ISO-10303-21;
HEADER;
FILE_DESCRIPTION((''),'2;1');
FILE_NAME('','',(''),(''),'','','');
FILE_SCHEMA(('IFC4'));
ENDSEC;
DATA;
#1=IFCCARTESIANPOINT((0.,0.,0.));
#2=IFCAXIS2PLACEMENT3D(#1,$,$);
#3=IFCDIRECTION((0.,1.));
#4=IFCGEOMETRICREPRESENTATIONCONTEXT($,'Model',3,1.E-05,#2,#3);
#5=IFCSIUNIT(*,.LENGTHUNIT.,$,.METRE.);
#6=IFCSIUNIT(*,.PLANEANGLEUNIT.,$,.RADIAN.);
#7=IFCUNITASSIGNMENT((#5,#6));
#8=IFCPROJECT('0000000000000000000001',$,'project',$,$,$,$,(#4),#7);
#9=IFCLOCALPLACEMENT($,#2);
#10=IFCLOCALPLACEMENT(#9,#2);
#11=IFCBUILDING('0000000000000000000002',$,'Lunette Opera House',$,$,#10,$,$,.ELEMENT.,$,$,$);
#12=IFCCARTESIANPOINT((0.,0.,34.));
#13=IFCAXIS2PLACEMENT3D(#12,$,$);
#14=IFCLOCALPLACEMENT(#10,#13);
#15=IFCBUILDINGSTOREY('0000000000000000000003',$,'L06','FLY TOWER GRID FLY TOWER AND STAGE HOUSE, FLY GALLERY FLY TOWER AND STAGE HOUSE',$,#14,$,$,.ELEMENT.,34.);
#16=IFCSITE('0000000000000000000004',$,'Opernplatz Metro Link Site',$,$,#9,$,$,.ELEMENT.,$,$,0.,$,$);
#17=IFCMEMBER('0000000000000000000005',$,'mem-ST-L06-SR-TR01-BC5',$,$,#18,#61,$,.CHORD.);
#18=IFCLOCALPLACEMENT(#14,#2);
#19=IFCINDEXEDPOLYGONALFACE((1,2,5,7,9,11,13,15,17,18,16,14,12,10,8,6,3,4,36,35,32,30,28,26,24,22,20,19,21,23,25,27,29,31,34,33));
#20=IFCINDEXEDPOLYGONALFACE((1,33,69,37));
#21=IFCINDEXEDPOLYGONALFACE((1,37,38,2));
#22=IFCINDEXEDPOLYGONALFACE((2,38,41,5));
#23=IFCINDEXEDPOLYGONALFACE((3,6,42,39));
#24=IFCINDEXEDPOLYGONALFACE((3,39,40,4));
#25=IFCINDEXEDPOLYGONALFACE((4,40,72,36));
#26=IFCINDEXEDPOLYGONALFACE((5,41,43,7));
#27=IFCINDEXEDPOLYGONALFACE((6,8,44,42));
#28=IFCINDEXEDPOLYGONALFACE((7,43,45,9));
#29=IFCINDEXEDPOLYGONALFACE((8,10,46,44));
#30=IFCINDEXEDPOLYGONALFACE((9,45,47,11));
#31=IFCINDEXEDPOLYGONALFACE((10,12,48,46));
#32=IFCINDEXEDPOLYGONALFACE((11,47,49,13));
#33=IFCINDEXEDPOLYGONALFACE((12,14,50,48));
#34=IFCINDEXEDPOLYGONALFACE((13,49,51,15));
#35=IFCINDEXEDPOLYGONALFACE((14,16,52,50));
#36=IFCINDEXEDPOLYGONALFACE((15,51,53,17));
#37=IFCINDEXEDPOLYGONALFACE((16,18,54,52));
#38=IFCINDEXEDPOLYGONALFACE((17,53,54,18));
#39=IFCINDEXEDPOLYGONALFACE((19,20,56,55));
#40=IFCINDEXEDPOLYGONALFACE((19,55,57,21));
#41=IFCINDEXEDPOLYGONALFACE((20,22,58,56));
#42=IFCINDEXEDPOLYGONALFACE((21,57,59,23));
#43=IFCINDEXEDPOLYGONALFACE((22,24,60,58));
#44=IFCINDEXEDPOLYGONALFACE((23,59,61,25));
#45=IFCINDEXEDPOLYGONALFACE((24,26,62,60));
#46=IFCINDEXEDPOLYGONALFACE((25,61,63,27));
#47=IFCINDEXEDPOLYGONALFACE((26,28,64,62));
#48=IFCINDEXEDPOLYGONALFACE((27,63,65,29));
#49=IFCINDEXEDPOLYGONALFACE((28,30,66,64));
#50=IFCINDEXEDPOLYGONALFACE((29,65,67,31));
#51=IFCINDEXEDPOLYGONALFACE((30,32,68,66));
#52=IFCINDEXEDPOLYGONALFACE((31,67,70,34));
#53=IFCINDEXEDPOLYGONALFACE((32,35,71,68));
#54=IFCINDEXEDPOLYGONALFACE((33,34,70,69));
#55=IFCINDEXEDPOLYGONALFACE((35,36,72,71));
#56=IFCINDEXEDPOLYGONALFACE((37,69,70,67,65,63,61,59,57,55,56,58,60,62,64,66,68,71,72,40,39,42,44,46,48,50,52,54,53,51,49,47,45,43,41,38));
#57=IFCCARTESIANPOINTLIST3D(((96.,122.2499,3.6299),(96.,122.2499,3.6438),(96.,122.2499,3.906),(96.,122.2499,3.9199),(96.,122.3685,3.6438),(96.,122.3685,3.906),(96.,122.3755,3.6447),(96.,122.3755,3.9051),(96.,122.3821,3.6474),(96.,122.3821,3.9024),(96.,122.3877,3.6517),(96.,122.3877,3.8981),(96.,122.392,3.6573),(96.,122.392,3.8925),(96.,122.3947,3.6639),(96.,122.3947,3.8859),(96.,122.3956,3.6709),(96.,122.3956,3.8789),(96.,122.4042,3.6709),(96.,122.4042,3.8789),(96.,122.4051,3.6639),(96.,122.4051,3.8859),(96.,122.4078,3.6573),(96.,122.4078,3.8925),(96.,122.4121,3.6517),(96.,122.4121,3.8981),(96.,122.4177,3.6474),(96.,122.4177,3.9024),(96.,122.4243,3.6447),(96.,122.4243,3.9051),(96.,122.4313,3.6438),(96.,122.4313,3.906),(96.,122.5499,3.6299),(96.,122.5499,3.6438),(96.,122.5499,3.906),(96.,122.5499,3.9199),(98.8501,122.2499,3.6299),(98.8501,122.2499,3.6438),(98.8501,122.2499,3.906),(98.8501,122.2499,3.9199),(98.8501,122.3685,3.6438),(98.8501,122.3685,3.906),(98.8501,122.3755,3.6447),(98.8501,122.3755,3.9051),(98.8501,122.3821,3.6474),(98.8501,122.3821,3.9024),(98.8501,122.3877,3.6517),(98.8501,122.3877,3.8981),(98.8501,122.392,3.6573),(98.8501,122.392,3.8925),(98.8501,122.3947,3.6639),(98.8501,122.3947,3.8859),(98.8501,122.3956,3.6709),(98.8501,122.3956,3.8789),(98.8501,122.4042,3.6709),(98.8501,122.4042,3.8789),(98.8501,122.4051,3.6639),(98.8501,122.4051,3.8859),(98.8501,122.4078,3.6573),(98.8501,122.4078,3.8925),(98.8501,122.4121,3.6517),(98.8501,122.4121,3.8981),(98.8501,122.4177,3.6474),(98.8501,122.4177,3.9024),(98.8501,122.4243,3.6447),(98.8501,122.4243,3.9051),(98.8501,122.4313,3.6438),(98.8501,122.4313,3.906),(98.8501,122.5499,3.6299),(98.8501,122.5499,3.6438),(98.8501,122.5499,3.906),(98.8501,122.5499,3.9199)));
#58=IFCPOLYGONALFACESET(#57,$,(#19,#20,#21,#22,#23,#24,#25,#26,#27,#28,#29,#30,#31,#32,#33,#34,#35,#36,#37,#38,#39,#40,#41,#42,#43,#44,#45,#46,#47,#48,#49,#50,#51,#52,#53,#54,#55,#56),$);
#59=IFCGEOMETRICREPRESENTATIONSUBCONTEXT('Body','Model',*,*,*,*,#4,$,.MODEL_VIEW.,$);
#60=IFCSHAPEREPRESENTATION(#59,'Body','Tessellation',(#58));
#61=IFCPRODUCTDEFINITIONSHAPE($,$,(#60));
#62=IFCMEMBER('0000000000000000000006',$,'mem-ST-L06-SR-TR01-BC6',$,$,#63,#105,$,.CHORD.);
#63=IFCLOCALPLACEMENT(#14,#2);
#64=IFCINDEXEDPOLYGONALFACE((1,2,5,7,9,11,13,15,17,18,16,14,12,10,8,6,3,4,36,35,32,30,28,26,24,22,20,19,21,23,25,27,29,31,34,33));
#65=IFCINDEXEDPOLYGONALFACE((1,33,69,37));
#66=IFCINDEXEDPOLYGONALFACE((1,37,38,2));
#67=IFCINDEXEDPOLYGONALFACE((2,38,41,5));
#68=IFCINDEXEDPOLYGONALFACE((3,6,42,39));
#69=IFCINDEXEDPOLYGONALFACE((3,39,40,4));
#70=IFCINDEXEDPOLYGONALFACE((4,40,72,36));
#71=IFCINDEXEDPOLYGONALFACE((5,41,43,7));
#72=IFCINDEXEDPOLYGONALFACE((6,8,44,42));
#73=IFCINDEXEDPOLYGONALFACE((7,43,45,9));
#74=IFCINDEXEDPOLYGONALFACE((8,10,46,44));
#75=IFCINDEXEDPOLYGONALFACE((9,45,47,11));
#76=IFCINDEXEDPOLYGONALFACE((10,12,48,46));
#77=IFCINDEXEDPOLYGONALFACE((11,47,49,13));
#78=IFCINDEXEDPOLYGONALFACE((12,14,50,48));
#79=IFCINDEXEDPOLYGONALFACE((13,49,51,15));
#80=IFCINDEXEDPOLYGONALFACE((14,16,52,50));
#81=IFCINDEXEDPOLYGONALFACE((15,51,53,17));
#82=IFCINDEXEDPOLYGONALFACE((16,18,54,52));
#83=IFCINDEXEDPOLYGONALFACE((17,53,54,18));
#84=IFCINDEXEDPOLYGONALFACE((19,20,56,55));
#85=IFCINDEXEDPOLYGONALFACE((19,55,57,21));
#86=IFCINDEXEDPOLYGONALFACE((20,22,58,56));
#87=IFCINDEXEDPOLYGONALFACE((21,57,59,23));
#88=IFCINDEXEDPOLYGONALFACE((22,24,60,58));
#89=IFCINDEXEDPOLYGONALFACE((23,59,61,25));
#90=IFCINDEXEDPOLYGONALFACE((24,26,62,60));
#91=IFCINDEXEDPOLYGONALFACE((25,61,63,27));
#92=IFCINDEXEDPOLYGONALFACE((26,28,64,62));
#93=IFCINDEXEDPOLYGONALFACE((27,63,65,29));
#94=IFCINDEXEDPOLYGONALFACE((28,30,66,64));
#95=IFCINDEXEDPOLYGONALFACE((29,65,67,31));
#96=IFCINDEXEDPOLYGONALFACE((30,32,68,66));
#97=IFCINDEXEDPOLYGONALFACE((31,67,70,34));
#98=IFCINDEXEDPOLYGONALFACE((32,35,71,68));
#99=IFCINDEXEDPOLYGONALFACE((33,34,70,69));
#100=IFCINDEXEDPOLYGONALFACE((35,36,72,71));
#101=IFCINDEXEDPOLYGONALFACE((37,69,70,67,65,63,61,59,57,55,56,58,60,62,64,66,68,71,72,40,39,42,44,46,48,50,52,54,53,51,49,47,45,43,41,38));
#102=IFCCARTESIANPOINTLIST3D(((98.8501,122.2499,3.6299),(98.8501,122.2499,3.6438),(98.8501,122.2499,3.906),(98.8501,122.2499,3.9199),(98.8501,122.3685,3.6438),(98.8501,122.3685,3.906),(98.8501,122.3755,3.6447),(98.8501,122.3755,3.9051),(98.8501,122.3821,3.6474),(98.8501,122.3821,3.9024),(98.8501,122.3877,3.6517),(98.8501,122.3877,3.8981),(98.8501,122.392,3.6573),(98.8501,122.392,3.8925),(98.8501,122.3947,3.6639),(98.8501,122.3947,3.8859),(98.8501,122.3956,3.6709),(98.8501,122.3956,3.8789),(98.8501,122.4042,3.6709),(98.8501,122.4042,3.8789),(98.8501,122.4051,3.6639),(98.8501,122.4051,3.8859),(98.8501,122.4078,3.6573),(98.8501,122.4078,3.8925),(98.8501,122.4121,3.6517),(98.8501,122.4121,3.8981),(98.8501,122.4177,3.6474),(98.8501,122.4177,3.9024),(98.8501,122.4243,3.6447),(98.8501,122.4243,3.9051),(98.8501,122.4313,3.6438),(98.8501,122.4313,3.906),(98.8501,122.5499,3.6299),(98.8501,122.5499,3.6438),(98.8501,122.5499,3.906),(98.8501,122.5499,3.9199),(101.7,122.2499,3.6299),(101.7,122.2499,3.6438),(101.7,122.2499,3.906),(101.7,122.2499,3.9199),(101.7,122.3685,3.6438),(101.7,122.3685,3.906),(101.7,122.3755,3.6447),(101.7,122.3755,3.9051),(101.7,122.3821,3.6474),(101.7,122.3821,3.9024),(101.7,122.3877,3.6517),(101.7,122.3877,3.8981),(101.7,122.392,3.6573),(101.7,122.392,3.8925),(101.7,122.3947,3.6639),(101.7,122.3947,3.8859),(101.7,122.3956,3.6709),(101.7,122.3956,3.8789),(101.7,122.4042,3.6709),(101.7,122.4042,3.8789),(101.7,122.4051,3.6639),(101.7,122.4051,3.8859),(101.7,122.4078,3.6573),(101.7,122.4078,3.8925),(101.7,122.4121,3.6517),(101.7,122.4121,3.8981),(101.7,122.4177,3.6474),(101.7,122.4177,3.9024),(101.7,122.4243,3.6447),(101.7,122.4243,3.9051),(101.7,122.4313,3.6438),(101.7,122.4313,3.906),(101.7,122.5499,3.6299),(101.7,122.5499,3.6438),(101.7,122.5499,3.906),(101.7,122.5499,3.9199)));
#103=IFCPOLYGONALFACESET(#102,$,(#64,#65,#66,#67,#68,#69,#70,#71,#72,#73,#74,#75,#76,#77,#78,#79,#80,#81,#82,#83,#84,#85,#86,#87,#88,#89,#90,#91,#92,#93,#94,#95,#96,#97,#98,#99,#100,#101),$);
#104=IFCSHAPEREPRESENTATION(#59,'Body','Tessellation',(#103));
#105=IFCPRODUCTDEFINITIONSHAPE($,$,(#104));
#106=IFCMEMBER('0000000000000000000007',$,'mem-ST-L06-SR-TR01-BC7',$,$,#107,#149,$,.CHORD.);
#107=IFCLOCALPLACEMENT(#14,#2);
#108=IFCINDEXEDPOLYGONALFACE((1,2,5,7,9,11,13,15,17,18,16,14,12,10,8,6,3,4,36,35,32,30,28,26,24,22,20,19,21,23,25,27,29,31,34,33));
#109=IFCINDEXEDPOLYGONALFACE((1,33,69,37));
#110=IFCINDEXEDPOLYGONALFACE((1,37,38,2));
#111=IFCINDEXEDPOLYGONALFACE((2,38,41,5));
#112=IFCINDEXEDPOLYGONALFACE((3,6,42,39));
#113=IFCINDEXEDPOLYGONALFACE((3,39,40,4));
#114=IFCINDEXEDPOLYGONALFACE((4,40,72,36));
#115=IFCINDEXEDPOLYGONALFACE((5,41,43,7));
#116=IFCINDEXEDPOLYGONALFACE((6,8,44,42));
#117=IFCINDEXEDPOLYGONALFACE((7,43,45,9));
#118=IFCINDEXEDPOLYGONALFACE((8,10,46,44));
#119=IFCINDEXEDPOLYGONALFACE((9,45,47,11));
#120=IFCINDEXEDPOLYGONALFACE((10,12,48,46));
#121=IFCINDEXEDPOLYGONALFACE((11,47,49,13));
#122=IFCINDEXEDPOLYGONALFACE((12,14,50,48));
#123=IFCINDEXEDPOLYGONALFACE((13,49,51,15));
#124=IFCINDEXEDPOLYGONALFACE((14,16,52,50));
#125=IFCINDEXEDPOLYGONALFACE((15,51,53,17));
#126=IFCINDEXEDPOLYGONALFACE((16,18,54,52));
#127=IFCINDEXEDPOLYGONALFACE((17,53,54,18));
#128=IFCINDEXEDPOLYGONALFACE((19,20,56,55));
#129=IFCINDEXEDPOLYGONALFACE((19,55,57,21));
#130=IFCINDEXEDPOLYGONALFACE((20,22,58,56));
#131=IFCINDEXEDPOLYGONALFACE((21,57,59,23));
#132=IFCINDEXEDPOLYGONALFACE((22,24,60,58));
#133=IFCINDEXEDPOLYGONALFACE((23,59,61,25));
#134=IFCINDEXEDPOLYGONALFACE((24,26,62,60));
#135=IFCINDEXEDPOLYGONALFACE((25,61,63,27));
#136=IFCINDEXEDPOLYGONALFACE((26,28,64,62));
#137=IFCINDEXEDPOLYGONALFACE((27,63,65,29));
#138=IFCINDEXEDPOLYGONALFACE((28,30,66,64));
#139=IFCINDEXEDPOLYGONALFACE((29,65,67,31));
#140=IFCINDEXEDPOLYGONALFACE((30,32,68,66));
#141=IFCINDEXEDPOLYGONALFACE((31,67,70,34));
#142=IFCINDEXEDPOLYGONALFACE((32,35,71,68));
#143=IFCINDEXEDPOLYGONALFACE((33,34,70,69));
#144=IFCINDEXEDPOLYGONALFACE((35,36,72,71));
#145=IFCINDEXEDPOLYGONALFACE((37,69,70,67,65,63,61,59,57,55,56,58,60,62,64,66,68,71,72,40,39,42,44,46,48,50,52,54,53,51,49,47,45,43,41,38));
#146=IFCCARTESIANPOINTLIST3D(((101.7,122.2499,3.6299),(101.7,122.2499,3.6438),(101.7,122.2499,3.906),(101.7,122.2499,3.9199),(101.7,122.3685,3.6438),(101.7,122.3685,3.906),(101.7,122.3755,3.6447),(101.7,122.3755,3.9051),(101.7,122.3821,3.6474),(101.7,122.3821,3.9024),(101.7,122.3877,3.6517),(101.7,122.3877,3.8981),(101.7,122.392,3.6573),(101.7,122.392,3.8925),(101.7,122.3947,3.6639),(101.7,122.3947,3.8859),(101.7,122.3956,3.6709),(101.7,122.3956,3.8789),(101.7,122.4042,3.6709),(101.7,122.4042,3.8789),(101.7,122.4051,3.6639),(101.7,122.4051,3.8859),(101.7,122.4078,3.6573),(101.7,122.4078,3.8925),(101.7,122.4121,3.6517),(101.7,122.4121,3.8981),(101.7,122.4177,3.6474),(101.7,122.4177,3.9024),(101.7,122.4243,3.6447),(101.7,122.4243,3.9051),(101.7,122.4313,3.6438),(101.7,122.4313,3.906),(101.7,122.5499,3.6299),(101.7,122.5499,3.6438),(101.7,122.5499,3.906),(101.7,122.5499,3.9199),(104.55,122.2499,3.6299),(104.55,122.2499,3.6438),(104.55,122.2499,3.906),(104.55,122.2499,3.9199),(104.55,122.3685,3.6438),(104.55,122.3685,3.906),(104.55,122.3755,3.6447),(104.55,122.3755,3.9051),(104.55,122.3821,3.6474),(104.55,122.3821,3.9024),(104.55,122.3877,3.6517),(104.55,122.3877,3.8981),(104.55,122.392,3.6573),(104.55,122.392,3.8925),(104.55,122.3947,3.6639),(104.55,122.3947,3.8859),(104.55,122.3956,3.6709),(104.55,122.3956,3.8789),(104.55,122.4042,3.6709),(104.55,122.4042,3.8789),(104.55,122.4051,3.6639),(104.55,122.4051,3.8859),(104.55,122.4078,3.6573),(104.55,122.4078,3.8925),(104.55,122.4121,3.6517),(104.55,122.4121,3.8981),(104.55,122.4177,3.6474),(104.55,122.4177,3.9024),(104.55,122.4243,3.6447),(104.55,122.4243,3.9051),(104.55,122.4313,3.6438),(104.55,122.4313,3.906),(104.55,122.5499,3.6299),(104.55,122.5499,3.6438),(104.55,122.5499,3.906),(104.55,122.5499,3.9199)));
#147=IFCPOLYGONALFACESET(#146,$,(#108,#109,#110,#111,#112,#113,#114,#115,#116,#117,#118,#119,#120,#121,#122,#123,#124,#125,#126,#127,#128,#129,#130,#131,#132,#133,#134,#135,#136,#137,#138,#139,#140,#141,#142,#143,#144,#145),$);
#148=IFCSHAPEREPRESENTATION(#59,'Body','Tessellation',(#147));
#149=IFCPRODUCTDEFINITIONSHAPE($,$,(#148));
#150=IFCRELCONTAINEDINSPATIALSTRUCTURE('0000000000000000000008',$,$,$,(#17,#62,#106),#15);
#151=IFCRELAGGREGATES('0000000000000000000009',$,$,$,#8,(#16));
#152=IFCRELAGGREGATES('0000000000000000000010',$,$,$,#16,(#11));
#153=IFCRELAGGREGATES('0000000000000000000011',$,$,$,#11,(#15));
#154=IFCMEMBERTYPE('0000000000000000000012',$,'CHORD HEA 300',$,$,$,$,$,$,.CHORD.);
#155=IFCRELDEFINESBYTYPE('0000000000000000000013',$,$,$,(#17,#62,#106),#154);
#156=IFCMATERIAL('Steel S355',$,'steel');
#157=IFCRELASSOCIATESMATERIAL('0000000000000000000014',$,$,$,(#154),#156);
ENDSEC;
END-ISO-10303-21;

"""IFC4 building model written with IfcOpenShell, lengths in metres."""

from ifc_helpers import new_model, si_unit, direction, frame, origin, origin_2d, place, context, subcontext, project, spatial, i_section, extrude, material, material_profile, profile_set, type_object, element, save


model = new_model("IFC4")

# Units and contexts
model_context = context("Model", 3, precision=1e-05, world=origin(), true_north=direction((0.0, 1.0)))
body_context = subcontext(model_context, "Body", "Model", "MODEL_VIEW")
ifc_project = project(units=[si_unit("LENGTHUNIT", "METRE"), si_unit("PLANEANGLEUNIT", "RADIAN")], contexts=[model_context])

# Site, building, storey
site_placement = place(None, origin())
site = spatial("IfcSite", under=ifc_project, at=site_placement, Name="Opernplatz Metro Link Site", CompositionType="ELEMENT", RefElevation=0.0)
building_placement = place(site_placement, origin())
building = spatial("IfcBuilding", under=site, at=building_placement, Name="Lunette Opera House", CompositionType="ELEMENT")
storey_placement = place(building_placement, frame((0.0, 0.0, 34.0)))
storey = spatial("IfcBuildingStorey", under=building, at=storey_placement, Name="L06", Description="FLY TOWER GRID FLY TOWER AND STAGE HOUSE, FLY GALLERY FLY TOWER AND STAGE HOUSE", CompositionType="ELEMENT", Elevation=34.0)

# Members
ifc_material_1 = material(Name="Steel S355", Category="steel")
ifc_material_profile_1 = material_profile(ifc_material_1, i_section(OverallWidth=0.3, OverallDepth=0.29, WebThickness=0.0085, FlangeThickness=0.0139, FilletRadius=0.0271, at=origin_2d()), Name="HEA 300")
ifc_profile_set_1 = profile_set([ifc_material_profile_1], Name="Steel S355")
member_type_1 = type_object("IfcMemberType", Name="CHORD HEA 300", PredefinedType="CHORD", material=ifc_profile_set_1)
member_1_placement = place(storey_placement, frame((96.0, 122.3999, 3.7749), z_axis=(1.0, 0.0, 0.0), x_axis=(0.0, 1.0, 0.0)))
element("IfcMember", 1, at=member_1_placement, inside=storey, type_object=member_type_1, Name="mem-ST-L06-SR-TR01-BC5", PredefinedType="CHORD", context=body_context, shape_type="SweptSolid", body=[
    extrude(i_section(OverallWidth=0.3, OverallDepth=0.29, WebThickness=0.0085, FlangeThickness=0.0139, FilletRadius=0.0271, at=origin_2d()), origin(), (0.0, 0.0, 1.0), 2.8501),
])
member_2_placement = place(storey_placement, frame((98.8501, 122.3999, 3.7749), z_axis=(1.0, 0.0, 0.0), x_axis=(0.0, 1.0, 0.0)))
element("IfcMember", 2, at=member_2_placement, inside=storey, type_object=member_type_1, Name="mem-ST-L06-SR-TR01-BC6", PredefinedType="CHORD", context=body_context, shape_type="SweptSolid", body=[
    extrude(i_section(OverallWidth=0.3, OverallDepth=0.29, WebThickness=0.0085, FlangeThickness=0.0139, FilletRadius=0.0271, at=origin_2d()), origin(), (0.0, 0.0, 1.0), 2.8499),
])
member_3_placement = place(storey_placement, frame((101.7, 122.3999, 3.7749), z_axis=(1.0, 0.0, 0.0), x_axis=(0.0, 1.0, 0.0)))
element("IfcMember", 3, at=member_3_placement, inside=storey, type_object=member_type_1, Name="mem-ST-L06-SR-TR01-BC7", PredefinedType="CHORD", context=body_context, shape_type="SweptSolid", body=[
    extrude(i_section(OverallWidth=0.3, OverallDepth=0.29, WebThickness=0.0085, FlangeThickness=0.0139, FilletRadius=0.0271, at=origin_2d()), origin(), (0.0, 0.0, 1.0), 2.8501),
])

save(model, "model.ifc")
